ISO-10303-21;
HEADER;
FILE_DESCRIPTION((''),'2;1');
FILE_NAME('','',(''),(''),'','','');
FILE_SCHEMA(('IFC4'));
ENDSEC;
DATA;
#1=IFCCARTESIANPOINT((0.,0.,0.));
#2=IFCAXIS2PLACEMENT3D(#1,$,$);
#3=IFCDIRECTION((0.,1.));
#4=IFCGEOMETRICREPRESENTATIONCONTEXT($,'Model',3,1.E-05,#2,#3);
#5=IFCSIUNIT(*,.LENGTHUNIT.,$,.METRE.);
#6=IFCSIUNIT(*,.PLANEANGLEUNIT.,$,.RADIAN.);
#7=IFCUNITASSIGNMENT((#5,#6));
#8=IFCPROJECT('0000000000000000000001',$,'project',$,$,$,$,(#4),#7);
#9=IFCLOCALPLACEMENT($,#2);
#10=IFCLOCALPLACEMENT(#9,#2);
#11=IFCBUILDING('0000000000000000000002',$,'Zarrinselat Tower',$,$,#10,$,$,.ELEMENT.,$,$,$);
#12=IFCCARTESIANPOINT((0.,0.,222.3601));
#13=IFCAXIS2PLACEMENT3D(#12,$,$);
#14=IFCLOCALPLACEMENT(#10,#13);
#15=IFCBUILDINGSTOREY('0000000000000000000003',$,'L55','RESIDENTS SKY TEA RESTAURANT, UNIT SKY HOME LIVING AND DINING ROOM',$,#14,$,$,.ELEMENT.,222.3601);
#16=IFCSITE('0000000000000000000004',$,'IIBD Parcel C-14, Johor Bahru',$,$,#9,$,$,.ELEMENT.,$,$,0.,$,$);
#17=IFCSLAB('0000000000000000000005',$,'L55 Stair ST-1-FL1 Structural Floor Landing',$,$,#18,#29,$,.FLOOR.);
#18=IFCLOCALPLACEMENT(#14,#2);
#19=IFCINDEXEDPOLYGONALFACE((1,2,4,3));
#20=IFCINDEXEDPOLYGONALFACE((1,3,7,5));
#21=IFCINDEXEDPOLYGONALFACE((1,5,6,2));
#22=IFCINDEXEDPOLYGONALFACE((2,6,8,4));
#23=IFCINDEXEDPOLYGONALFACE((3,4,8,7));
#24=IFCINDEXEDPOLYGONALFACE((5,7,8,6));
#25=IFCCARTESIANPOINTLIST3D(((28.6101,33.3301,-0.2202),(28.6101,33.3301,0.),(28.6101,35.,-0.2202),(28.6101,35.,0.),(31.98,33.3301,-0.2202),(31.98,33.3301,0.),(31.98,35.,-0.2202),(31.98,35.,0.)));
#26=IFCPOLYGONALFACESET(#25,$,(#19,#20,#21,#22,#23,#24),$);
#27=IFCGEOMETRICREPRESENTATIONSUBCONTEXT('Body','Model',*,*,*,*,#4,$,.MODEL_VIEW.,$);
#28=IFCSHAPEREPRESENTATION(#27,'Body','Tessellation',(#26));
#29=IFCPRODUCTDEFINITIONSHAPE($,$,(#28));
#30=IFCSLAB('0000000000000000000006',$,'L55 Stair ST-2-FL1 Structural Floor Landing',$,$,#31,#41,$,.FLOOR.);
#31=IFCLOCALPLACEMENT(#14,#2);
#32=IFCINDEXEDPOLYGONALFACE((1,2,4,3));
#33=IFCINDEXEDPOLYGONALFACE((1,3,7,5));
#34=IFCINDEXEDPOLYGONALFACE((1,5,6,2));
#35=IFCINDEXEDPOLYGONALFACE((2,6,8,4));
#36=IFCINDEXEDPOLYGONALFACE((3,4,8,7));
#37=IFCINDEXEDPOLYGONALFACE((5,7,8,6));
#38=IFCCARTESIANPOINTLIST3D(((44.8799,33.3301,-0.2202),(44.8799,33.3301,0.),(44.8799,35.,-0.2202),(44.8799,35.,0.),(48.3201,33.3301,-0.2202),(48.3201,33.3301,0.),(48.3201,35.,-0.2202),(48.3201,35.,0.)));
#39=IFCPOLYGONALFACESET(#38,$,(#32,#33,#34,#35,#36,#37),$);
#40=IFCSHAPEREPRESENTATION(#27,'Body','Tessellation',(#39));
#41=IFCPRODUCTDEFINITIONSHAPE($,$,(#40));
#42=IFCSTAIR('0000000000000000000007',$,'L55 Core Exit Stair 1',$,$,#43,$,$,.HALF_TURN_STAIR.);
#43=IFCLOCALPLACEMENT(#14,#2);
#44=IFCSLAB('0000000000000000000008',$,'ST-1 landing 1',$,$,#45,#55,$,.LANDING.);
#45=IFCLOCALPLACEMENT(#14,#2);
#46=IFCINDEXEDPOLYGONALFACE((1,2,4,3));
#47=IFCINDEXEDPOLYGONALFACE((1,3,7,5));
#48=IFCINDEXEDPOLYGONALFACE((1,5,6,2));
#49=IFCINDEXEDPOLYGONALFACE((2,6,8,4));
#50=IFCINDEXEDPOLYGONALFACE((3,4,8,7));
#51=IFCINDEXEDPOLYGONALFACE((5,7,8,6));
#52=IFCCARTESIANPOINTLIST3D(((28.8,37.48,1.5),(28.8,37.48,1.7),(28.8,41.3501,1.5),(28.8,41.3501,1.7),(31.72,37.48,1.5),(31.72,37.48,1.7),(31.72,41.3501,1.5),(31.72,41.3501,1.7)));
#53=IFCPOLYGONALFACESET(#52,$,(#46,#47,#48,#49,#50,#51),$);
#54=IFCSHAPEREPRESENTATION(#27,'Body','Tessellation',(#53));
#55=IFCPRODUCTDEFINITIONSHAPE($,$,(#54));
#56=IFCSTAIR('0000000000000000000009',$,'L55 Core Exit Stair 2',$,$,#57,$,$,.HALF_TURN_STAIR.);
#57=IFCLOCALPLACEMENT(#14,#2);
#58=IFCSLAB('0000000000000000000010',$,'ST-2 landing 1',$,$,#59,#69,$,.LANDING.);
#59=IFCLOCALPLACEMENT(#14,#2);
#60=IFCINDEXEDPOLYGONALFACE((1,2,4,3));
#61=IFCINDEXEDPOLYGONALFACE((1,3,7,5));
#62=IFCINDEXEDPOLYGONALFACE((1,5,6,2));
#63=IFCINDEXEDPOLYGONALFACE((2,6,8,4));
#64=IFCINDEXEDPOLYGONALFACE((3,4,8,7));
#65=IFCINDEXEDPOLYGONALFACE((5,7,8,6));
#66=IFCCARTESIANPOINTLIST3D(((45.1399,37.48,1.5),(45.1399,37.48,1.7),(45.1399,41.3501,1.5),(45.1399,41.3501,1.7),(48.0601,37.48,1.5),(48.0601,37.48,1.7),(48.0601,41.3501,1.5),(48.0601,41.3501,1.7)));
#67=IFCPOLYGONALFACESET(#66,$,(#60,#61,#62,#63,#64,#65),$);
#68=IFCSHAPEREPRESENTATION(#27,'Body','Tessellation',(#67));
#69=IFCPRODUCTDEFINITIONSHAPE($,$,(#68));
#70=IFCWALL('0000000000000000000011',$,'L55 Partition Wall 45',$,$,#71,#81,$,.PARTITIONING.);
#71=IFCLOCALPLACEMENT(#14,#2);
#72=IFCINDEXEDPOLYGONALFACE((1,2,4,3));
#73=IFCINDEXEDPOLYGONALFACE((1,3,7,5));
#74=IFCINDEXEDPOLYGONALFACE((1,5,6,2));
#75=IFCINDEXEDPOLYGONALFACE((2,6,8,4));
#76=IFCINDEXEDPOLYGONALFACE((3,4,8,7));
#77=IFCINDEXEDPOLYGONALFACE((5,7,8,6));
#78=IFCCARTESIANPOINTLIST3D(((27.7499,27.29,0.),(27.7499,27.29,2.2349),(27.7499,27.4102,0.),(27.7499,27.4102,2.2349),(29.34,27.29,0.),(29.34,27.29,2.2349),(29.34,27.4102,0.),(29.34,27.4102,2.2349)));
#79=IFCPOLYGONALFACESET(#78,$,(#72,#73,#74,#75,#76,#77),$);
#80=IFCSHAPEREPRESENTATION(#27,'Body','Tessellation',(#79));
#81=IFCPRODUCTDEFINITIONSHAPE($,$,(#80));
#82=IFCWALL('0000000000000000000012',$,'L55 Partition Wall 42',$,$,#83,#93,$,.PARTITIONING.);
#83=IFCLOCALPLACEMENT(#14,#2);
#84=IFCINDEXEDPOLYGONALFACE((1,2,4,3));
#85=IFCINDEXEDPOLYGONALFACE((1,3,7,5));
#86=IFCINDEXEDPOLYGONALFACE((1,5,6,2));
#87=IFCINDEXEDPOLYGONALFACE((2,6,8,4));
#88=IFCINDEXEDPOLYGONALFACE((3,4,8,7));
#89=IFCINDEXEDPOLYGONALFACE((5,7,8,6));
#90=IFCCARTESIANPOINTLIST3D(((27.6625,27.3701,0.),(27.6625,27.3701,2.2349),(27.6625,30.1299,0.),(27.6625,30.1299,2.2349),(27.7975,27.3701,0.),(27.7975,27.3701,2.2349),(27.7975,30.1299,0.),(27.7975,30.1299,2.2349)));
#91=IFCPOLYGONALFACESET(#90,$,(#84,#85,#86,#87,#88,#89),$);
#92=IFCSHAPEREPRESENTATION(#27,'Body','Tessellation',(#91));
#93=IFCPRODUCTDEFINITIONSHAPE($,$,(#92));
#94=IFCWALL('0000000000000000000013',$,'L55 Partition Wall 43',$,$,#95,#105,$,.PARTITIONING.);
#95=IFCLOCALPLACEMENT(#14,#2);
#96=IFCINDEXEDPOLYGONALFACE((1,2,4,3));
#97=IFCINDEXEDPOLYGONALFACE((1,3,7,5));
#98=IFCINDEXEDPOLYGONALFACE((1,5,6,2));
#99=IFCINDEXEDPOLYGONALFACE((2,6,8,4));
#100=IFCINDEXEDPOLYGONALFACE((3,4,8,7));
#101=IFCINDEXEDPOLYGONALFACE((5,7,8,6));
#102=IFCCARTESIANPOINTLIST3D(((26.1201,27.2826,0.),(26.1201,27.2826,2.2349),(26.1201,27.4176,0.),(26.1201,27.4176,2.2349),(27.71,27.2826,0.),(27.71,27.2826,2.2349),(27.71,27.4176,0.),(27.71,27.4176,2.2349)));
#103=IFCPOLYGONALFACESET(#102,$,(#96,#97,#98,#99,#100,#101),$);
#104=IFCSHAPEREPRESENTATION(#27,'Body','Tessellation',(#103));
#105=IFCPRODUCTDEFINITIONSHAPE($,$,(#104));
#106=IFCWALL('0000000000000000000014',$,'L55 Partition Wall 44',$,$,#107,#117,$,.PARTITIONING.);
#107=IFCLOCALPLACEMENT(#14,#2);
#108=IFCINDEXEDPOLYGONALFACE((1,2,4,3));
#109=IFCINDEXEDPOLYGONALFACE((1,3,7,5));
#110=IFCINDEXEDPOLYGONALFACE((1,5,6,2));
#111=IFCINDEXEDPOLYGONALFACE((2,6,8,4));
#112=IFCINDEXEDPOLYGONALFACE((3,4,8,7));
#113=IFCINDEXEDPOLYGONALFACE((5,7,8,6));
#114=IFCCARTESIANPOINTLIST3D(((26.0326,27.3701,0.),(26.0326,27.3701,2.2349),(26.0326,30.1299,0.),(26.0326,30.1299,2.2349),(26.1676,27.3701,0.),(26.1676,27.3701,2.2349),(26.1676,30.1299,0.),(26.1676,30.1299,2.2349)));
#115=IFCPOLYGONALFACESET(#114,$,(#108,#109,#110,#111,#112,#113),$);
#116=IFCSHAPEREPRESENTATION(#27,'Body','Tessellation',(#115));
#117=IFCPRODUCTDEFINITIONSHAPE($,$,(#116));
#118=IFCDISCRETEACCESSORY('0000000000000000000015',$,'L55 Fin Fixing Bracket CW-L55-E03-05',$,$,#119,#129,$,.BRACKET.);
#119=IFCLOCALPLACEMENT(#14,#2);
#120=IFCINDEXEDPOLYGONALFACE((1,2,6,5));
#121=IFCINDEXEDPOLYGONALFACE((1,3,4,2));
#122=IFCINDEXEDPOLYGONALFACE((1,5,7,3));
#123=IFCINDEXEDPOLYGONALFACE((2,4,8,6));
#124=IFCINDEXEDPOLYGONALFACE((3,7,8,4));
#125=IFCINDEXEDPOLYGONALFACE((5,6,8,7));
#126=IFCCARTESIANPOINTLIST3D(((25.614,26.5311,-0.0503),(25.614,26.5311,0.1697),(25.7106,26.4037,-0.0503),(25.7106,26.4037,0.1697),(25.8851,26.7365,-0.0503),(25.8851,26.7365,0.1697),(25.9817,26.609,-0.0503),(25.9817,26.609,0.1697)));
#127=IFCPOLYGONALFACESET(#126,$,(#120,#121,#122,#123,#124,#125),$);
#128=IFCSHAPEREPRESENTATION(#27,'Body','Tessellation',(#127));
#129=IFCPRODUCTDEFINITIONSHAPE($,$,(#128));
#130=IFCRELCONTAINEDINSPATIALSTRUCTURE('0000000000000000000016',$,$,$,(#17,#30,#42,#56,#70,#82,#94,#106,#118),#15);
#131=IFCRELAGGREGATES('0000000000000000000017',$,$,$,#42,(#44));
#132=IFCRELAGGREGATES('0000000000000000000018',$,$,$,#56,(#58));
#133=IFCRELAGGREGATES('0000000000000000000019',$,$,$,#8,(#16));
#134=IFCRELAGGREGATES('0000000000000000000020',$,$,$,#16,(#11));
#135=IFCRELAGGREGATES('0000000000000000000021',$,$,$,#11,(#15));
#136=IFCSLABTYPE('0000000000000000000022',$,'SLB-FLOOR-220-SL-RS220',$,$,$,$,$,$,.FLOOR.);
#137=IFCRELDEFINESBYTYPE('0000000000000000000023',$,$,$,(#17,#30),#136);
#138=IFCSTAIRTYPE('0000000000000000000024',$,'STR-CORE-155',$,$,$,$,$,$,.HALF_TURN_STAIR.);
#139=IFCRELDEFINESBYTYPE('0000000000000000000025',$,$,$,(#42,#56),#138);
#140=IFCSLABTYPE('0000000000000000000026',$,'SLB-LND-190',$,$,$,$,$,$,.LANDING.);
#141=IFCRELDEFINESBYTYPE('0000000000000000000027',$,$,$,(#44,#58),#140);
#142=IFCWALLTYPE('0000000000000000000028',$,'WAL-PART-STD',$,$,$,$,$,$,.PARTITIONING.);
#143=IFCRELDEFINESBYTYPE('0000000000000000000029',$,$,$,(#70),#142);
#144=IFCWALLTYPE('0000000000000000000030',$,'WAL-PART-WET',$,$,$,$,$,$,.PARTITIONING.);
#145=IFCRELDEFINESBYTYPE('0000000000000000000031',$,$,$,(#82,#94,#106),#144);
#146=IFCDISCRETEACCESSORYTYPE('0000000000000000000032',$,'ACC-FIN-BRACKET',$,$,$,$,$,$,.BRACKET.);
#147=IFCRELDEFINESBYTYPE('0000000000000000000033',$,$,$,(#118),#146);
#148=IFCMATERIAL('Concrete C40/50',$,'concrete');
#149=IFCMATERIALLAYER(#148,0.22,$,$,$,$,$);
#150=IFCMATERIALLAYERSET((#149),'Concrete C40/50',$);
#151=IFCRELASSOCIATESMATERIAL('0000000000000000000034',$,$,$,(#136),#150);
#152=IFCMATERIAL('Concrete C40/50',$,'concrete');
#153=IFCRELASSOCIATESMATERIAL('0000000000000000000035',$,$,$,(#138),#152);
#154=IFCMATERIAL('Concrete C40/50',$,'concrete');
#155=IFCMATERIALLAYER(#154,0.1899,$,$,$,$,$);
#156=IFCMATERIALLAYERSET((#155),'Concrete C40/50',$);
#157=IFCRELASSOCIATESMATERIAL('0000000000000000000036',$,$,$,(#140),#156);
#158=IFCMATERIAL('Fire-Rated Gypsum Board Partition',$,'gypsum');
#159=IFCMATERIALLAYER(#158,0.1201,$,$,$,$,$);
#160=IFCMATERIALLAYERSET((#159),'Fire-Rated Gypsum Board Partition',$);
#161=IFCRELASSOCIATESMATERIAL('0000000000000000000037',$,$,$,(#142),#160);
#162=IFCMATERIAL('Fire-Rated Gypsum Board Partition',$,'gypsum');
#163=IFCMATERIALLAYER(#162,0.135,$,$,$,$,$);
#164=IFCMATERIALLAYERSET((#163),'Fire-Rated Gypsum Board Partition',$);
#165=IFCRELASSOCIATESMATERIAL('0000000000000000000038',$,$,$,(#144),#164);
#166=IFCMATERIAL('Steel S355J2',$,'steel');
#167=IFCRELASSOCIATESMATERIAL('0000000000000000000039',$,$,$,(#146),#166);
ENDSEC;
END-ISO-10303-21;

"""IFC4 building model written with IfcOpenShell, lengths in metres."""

from ifc_helpers import new_model, si_unit, direction, frame, frame_2d, origin, origin_2d, place, context, subcontext, project, spatial, polyline, rectangle, outline, extrude, material, layer, layer_set, type_object, element, aggregate, save


model = new_model("IFC4")

# Units and contexts
model_context = context("Model", 3, precision=1e-05, world=origin(), true_north=direction((0.0, 1.0)))
body_context = subcontext(model_context, "Body", "Model", "MODEL_VIEW")
ifc_project = project(units=[si_unit("LENGTHUNIT", "METRE"), si_unit("PLANEANGLEUNIT", "RADIAN")], contexts=[model_context])

# Site, building, storey
site_placement = place(None, origin())
site = spatial("IfcSite", under=ifc_project, at=site_placement, Name="IIBD Parcel C-14, Johor Bahru", CompositionType="ELEMENT", RefElevation=0.0)
building_placement = place(site_placement, origin())
building = spatial("IfcBuilding", under=site, at=building_placement, Name="Zarrinselat Tower", CompositionType="ELEMENT")
storey_placement = place(building_placement, frame((0.0, 0.0, 222.3601)))
storey = spatial("IfcBuildingStorey", under=building, at=storey_placement, Name="L55", Description="RESIDENTS SKY TEA RESTAURANT, UNIT SKY HOME LIVING AND DINING ROOM", CompositionType="ELEMENT", Elevation=222.3601)

# Slabs
ifc_material_1 = material(Name="Concrete C40/50", Category="concrete")
ifc_layer_1 = layer(ifc_material_1, 0.22)
ifc_layer_set_1 = layer_set([ifc_layer_1], Name="Concrete C40/50")
slab_type_1 = type_object("IfcSlabType", Name="SLB-FLOOR-220-SL-RS220", PredefinedType="FLOOR", material=ifc_layer_set_1)
slab_1_placement = place(storey_placement, frame((0.0, 0.0, -0.2202)))
element("IfcSlab", 1, at=slab_1_placement, inside=storey, type_object=slab_type_1, Name="L55 Stair ST-1-FL1 Structural Floor Landing", PredefinedType="FLOOR", context=body_context, shape_type="SweptSolid", body=[
    extrude(outline(polyline([(31.98, 33.3301), (31.98, 35.0), (28.6101, 35.0), (28.6101, 33.3301), (31.98, 33.3301)])), origin(), (0.0, 0.0, 1.0), 0.2202),
])
slab_2_placement = place(storey_placement, frame((0.0, 0.0, -0.2202)))
element("IfcSlab", 2, at=slab_2_placement, inside=storey, type_object=slab_type_1, Name="L55 Stair ST-2-FL1 Structural Floor Landing", PredefinedType="FLOOR", context=body_context, shape_type="SweptSolid", body=[
    extrude(outline(polyline([(48.3201, 33.3301), (48.3201, 35.0), (44.8799, 35.0), (44.8799, 33.3301), (48.3201, 33.3301)])), origin(), (0.0, 0.0, 1.0), 0.2202),
])

# Stairs, slabs
ifc_material_2 = material(Name="Concrete C40/50", Category="concrete")
stair_type = type_object("IfcStairType", Name="STR-CORE-155", PredefinedType="HALF_TURN_STAIR", material=ifc_material_2)
stair_1_placement = place(storey_placement, origin())
stair_1 = element("IfcStair", 3, at=stair_1_placement, inside=storey, type_object=stair_type, Name="L55 Core Exit Stair 1", PredefinedType="HALF_TURN_STAIR")
ifc_material_3 = material(Name="Concrete C40/50", Category="concrete")
ifc_layer_2 = layer(ifc_material_3, 0.1899)
ifc_layer_set_2 = layer_set([ifc_layer_2], Name="Concrete C40/50")
slab_type_2 = type_object("IfcSlabType", Name="SLB-LND-190", PredefinedType="LANDING", material=ifc_layer_set_2)
slab_3_placement = place(storey_placement, frame((0.0, 0.0, 1.5)))
slab_3 = element("IfcSlab", 4, at=slab_3_placement, type_object=slab_type_2, Name="ST-1 landing 1", PredefinedType="LANDING", context=body_context, shape_type="SweptSolid", body=[
    extrude(outline(polyline([(31.72, 37.48), (31.72, 41.3501), (28.8, 41.3501), (28.8, 37.48), (31.72, 37.48)])), origin(), (0.0, 0.0, 1.0), 0.2),
])
aggregate(stair_1, [slab_3])
stair_2_placement = place(storey_placement, origin())
stair_2 = element("IfcStair", 5, at=stair_2_placement, inside=storey, type_object=stair_type, Name="L55 Core Exit Stair 2", PredefinedType="HALF_TURN_STAIR")
slab_4_placement = place(storey_placement, frame((0.0, 0.0, 1.5)))
slab_4 = element("IfcSlab", 6, at=slab_4_placement, type_object=slab_type_2, Name="ST-2 landing 1", PredefinedType="LANDING", context=body_context, shape_type="SweptSolid", body=[
    extrude(outline(polyline([(48.0601, 37.48), (48.0601, 41.3501), (45.1399, 41.3501), (45.1399, 37.48), (48.0601, 37.48)])), origin(), (0.0, 0.0, 1.0), 0.2),
])
aggregate(stair_2, [slab_4])

# Walls
ifc_material_4 = material(Name="Fire-Rated Gypsum Board Partition", Category="gypsum")
ifc_layer_3 = layer(ifc_material_4, 0.1201)
ifc_layer_set_3 = layer_set([ifc_layer_3], Name="Fire-Rated Gypsum Board Partition")
wall_type_1 = type_object("IfcWallType", Name="WAL-PART-STD", PredefinedType="PARTITIONING", material=ifc_layer_set_3)
wall_1_placement = place(storey_placement, frame((27.75, 27.3501, 0.0), z_axis=(0.0, 0.0, 1.0), x_axis=(1.0, 0.0, 0.0)))
element("IfcWall", 7, at=wall_1_placement, inside=storey, type_object=wall_type_1, Name="L55 Partition Wall 45", PredefinedType="PARTITIONING", context=body_context, shape_type="SweptSolid", body=[
    extrude(rectangle(XDim=1.5901, YDim=0.1201, at=frame_2d((0.7949, 0.0))), origin(), (0.0, 0.0, 1.0), 2.2349),
])
ifc_material_5 = material(Name="Fire-Rated Gypsum Board Partition", Category="gypsum")
ifc_layer_4 = layer(ifc_material_5, 0.135)
ifc_layer_set_4 = layer_set([ifc_layer_4], Name="Fire-Rated Gypsum Board Partition")
wall_type_2 = type_object("IfcWallType", Name="WAL-PART-WET", PredefinedType="PARTITIONING", material=ifc_layer_set_4)
wall_2_placement = place(storey_placement, frame((27.73, 27.3701, 0.0), z_axis=(0.0, 0.0, 1.0), x_axis=(0.0, 1.0, 0.0)))
element("IfcWall", 8, at=wall_2_placement, inside=storey, type_object=wall_type_2, Name="L55 Partition Wall 42", PredefinedType="PARTITIONING", context=body_context, shape_type="SweptSolid", body=[
    extrude(rectangle(XDim=2.7598, YDim=0.135, at=frame_2d((1.3799, 0.0))), origin(), (0.0, 0.0, 1.0), 2.2349),
])
wall_3_placement = place(storey_placement, frame((26.1201, 27.3501, 0.0), z_axis=(0.0, 0.0, 1.0), x_axis=(1.0, 0.0, 0.0)))
element("IfcWall", 9, at=wall_3_placement, inside=storey, type_object=wall_type_2, Name="L55 Partition Wall 43", PredefinedType="PARTITIONING", context=body_context, shape_type="SweptSolid", body=[
    extrude(rectangle(XDim=1.5898, YDim=0.135, at=frame_2d((0.7949, 0.0))), origin(), (0.0, 0.0, 1.0), 2.2349),
])
wall_4_placement = place(storey_placement, frame((26.1001, 27.3701, 0.0), z_axis=(0.0, 0.0, 1.0), x_axis=(0.0, 1.0, 0.0)))
element("IfcWall", 10, at=wall_4_placement, inside=storey, type_object=wall_type_2, Name="L55 Partition Wall 44", PredefinedType="PARTITIONING", context=body_context, shape_type="SweptSolid", body=[
    extrude(rectangle(XDim=2.7598, YDim=0.135, at=frame_2d((1.3799, 0.0))), origin(), (0.0, 0.0, 1.0), 2.2349),
])

# Discrete accessory
ifc_material_6 = material(Name="Steel S355J2", Category="steel")
discrete_accessory_type = type_object("IfcDiscreteAccessoryType", Name="ACC-FIN-BRACKET", PredefinedType="BRACKET", material=ifc_material_6)
discrete_accessory_placement = place(storey_placement, frame((25.7979, 26.5701, -0.0503), z_axis=(0.0, 0.0, 1.0), x_axis=(-0.797091, -0.60386, 0.0)))
element("IfcDiscreteAccessory", 11, at=discrete_accessory_placement, inside=storey, type_object=discrete_accessory_type, Name="L55 Fin Fixing Bracket CW-L55-E03-05", PredefinedType="BRACKET", context=body_context, shape_type="SweptSolid", body=[
    extrude(rectangle(XDim=0.3401, YDim=0.1599, at=origin_2d()), origin(), (0.0, 0.0, 1.0), 0.22),
])

save(model, "model.ifc")
